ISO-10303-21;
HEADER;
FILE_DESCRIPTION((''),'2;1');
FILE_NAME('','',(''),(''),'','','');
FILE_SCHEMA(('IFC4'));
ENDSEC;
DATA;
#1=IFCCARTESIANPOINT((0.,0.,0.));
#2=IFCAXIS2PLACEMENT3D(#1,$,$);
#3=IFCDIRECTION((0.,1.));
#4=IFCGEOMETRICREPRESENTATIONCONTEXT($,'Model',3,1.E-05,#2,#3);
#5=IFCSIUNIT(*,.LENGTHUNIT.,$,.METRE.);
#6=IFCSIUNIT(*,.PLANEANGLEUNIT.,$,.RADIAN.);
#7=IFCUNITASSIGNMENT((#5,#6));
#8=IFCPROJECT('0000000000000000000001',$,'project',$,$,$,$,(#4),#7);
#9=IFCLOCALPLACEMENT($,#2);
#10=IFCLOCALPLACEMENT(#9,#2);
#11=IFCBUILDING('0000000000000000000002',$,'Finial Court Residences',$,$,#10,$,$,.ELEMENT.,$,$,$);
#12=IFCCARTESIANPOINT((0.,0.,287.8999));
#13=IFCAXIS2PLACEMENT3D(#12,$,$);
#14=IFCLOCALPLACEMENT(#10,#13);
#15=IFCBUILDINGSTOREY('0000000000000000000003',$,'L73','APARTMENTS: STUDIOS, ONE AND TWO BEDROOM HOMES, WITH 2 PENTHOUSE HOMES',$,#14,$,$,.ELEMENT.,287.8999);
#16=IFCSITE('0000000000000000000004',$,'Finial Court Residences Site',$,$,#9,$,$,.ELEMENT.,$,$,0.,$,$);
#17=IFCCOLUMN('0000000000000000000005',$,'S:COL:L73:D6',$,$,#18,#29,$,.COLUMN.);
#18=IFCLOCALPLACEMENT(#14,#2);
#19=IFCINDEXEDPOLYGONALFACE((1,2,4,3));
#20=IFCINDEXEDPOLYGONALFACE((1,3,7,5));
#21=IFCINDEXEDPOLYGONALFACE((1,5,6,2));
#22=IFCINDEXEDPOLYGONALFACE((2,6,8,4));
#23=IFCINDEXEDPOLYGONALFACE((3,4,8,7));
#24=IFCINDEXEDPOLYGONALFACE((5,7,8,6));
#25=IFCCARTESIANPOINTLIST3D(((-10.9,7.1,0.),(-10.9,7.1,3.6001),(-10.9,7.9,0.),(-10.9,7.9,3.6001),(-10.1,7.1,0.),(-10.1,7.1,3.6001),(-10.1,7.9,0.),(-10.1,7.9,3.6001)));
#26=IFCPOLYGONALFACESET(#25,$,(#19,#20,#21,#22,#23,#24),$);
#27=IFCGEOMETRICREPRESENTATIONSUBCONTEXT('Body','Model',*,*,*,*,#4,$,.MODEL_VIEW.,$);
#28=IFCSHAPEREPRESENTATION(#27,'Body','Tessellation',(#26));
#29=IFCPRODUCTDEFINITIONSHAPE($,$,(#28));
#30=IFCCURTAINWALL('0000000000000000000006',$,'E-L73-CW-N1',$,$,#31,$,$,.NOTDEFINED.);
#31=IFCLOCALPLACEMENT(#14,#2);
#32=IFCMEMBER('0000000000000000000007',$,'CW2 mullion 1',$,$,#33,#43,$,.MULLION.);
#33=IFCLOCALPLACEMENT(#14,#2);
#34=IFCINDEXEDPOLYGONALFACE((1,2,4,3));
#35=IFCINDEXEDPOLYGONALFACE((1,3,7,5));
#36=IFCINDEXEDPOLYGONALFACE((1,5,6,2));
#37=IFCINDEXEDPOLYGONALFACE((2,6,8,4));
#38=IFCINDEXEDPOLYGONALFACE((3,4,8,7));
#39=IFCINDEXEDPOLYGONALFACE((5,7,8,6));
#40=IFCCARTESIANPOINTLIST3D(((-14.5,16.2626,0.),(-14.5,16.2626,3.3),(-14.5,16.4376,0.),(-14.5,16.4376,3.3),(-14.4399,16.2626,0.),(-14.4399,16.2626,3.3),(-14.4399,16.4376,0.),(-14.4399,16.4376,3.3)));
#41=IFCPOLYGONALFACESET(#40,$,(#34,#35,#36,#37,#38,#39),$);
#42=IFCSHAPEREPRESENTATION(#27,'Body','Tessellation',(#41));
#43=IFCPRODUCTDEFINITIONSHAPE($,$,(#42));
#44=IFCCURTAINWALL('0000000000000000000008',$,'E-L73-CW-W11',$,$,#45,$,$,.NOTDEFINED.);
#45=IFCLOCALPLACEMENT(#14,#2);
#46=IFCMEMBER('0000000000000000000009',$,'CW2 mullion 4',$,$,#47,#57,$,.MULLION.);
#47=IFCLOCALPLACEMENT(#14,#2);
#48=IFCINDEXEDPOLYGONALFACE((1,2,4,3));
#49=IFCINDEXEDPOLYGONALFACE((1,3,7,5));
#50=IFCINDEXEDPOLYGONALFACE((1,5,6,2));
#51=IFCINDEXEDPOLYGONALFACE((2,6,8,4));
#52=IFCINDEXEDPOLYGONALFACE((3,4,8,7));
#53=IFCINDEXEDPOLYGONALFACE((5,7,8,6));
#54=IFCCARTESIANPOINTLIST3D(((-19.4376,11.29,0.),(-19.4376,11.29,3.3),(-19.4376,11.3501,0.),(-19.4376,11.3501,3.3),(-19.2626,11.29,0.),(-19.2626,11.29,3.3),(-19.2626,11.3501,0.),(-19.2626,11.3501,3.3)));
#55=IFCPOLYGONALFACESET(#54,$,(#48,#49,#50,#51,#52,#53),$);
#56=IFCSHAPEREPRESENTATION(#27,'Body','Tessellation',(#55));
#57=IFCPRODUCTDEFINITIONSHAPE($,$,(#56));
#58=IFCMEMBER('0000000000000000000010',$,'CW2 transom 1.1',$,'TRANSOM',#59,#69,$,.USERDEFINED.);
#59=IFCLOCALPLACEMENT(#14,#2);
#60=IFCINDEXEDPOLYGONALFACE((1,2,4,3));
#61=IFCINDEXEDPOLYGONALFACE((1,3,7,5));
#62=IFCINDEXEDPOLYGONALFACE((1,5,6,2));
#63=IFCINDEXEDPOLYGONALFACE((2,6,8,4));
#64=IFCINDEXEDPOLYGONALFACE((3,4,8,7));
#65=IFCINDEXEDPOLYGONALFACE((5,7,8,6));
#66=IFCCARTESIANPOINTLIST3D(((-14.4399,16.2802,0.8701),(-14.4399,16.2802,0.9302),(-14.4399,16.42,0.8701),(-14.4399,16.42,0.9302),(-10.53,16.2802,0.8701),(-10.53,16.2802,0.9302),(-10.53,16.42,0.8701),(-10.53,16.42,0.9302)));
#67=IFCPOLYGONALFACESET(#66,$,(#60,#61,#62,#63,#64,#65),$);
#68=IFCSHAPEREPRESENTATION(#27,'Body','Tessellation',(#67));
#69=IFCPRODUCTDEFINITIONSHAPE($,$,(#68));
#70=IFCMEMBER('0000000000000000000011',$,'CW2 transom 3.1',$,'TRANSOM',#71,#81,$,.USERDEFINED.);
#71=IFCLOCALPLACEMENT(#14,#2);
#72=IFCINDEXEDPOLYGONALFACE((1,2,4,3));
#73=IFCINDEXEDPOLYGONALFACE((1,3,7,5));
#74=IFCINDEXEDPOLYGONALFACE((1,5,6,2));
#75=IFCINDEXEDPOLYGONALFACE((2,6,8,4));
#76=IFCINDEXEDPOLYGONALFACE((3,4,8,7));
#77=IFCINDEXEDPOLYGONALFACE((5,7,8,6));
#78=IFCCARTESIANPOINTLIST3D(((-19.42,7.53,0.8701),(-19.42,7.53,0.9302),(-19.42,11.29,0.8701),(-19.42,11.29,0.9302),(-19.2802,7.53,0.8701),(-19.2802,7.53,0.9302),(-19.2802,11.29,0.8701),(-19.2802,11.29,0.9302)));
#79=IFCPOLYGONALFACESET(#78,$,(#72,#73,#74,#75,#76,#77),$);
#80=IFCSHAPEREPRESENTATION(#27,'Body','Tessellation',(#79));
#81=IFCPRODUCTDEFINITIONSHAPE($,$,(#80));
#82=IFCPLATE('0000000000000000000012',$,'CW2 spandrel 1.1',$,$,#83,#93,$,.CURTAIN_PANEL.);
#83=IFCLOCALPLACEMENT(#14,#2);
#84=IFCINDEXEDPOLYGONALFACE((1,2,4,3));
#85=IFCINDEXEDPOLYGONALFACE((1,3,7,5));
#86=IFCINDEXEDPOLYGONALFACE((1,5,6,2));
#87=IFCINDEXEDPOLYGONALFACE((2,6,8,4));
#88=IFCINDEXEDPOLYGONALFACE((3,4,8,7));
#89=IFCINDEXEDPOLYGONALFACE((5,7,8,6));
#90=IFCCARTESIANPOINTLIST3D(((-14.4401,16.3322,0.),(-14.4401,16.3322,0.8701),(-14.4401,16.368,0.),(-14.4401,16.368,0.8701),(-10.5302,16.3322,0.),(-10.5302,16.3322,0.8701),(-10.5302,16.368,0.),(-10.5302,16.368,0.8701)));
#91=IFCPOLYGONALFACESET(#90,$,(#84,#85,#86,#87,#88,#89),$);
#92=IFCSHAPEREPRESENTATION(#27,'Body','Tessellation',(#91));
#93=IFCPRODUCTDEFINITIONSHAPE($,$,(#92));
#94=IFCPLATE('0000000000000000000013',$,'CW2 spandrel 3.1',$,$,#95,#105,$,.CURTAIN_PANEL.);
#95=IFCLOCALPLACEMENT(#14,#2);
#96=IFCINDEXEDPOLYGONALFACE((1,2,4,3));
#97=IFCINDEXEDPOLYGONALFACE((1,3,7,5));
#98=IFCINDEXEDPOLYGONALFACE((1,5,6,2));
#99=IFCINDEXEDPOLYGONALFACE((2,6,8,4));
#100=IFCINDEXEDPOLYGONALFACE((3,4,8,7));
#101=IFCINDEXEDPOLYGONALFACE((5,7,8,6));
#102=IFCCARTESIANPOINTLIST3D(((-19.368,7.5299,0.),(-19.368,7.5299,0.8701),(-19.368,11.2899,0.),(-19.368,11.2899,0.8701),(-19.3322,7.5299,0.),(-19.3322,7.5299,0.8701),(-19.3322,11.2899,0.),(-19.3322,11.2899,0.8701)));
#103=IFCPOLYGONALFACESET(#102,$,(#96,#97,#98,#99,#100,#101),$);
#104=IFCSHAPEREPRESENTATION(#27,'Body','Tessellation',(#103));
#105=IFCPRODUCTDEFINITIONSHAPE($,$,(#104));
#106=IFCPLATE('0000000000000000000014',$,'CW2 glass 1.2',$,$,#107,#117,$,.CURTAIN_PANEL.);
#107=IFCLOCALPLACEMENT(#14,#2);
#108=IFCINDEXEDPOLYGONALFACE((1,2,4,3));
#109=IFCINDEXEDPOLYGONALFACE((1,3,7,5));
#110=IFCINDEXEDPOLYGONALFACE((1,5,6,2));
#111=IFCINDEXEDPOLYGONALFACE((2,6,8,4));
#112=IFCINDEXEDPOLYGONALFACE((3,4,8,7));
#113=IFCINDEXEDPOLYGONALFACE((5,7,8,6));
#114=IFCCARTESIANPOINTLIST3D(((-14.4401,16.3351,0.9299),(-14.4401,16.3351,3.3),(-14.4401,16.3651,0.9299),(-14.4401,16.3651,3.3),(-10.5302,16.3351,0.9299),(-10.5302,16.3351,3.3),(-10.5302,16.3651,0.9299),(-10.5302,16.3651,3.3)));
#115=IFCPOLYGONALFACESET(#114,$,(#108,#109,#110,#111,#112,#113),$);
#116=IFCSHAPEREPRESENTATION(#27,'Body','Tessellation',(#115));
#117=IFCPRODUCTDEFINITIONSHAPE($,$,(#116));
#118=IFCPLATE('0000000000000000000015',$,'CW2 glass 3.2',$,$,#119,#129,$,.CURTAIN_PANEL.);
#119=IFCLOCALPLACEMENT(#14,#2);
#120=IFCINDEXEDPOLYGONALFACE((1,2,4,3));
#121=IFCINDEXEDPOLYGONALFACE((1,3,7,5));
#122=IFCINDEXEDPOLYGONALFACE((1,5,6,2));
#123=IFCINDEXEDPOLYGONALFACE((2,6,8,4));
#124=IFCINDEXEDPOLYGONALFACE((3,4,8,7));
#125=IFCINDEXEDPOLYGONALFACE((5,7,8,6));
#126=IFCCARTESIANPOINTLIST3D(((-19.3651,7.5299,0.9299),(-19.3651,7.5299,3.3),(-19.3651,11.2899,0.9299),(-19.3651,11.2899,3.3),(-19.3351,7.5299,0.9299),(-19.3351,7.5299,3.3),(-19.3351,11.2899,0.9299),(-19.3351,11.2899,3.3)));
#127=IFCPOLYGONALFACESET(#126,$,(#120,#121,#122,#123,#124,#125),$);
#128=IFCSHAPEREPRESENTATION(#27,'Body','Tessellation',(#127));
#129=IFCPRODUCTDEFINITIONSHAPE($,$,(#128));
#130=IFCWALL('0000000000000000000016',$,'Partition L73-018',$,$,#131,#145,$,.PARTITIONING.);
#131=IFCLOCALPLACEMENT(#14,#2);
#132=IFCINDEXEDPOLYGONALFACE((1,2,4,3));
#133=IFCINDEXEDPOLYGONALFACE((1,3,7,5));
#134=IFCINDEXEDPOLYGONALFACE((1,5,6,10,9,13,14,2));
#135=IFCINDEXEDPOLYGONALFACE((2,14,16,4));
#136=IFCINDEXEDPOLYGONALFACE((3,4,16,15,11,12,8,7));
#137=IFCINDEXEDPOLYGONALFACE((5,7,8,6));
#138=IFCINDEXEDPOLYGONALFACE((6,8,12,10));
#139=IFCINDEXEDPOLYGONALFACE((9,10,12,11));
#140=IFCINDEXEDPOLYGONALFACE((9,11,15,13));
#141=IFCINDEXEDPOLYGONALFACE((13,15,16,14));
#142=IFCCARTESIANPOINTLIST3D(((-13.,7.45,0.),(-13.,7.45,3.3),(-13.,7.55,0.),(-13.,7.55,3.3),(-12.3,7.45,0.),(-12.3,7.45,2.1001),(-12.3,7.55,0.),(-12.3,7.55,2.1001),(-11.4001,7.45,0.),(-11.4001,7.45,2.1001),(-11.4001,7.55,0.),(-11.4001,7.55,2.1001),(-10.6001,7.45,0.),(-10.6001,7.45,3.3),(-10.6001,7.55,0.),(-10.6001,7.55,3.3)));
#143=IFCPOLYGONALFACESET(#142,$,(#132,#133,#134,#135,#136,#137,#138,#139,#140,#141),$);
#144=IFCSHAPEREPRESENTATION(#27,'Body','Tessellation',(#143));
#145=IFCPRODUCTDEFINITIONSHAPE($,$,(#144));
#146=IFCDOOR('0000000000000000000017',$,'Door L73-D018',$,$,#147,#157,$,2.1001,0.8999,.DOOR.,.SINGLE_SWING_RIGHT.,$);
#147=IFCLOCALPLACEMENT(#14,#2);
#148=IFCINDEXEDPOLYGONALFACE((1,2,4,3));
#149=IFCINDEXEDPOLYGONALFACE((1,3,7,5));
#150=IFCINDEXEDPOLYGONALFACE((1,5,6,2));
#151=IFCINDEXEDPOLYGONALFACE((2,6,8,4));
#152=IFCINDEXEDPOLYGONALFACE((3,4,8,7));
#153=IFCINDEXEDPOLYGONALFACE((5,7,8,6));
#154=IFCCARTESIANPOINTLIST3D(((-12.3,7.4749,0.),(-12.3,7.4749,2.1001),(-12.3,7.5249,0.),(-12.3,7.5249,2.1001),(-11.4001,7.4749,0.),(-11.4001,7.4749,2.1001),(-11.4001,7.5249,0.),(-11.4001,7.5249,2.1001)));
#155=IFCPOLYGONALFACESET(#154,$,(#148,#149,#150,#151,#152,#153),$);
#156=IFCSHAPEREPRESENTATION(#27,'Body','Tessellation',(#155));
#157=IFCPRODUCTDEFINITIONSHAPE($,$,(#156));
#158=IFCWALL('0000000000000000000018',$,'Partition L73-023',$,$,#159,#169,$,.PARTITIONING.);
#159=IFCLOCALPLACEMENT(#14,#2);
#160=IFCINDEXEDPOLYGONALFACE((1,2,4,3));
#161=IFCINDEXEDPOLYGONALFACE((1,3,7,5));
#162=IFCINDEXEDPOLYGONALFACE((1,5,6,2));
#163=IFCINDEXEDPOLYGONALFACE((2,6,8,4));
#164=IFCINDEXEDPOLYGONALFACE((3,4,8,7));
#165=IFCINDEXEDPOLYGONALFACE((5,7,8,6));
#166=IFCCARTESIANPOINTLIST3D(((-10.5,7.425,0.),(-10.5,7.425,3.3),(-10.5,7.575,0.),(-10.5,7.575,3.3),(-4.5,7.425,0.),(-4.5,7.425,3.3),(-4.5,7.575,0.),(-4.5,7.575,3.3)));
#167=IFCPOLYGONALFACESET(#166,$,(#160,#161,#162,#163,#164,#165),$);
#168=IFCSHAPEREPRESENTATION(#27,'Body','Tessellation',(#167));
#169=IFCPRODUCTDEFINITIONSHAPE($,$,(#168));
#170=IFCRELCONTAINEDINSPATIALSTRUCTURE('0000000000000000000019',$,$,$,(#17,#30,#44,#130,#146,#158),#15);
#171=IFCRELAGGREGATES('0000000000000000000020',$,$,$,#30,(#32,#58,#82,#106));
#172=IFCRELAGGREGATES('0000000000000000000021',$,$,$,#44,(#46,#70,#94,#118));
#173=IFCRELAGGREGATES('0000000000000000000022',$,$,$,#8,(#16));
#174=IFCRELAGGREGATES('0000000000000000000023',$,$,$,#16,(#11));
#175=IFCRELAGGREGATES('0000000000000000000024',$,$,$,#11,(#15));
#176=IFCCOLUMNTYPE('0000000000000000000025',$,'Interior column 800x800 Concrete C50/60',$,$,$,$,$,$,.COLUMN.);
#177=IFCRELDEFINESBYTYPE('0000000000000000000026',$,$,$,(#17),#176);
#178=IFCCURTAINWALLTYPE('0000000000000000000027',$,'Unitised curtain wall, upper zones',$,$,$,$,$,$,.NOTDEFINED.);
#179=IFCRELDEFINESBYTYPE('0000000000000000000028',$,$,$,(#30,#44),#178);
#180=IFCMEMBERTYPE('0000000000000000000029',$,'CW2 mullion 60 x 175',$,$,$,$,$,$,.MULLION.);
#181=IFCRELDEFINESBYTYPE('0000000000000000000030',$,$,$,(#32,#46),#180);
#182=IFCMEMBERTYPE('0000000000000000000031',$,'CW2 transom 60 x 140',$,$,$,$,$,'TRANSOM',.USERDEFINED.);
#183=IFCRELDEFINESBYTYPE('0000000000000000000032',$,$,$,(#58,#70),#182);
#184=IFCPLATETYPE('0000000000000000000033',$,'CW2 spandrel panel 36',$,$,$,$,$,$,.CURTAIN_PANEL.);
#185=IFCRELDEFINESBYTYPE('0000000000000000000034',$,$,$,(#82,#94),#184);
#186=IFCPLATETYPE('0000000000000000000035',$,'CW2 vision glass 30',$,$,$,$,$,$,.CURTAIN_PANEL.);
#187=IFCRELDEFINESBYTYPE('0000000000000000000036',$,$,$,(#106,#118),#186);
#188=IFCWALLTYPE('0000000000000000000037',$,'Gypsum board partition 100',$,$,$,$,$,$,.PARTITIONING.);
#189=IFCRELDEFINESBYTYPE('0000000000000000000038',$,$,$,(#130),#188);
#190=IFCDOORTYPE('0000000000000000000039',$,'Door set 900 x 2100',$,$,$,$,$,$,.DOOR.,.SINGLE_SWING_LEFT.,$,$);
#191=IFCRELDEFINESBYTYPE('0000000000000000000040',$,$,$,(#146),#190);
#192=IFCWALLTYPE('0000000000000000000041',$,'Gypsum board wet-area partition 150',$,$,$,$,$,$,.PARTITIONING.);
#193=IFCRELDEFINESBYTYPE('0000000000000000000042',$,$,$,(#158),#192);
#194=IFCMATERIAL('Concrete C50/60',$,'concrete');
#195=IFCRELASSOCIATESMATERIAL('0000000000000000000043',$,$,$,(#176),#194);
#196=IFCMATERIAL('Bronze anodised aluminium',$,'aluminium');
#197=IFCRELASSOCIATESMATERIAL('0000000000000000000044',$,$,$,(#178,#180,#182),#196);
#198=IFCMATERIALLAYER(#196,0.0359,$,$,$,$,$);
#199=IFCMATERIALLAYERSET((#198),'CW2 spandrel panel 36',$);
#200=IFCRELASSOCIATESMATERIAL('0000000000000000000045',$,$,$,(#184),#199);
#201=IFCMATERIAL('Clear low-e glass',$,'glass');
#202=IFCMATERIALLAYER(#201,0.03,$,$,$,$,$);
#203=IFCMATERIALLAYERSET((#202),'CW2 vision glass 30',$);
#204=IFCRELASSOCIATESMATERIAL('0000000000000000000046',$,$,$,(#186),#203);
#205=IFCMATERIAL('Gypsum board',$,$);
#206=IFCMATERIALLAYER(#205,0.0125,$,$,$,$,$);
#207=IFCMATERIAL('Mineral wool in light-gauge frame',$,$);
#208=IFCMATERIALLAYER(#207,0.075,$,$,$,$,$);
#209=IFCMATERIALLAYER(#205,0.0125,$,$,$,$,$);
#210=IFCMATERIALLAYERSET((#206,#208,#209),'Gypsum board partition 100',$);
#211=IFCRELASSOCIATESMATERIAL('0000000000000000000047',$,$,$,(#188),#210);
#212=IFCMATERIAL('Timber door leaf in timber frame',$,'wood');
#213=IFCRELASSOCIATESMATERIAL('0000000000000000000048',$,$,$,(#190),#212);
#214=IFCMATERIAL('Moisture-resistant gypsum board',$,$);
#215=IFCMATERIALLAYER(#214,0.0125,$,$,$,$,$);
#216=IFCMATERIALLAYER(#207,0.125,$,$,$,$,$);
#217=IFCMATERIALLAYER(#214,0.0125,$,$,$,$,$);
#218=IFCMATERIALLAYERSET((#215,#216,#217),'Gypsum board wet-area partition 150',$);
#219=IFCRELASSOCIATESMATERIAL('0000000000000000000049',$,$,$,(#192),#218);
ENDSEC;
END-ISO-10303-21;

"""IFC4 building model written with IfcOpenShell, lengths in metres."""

from ifc_helpers import new_model, si_unit, direction, frame, frame_2d, origin, origin_2d, place, context, subcontext, project, spatial, rectangle, extrude, material, layer, layer_set, material_profile, profile_set, type_object, element, fill, aggregate, save


model = new_model("IFC4")

# Units and contexts
model_context = context("Model", 3, precision=1e-05, world=origin(), true_north=direction((0.0, 1.0)))
body_context = subcontext(model_context, "Body", "Model", "MODEL_VIEW")
ifc_project = project(units=[si_unit("LENGTHUNIT", "METRE"), si_unit("PLANEANGLEUNIT", "RADIAN")], contexts=[model_context])

# Site, building, storey
site_placement = place(None, origin())
site = spatial("IfcSite", under=ifc_project, at=site_placement, Name="Finial Court Residences Site", CompositionType="ELEMENT", RefElevation=0.0)
building_placement = place(site_placement, origin())
building = spatial("IfcBuilding", under=site, at=building_placement, Name="Finial Court Residences", CompositionType="ELEMENT")
storey_placement = place(building_placement, frame((0.0, 0.0, 287.8999)))
storey = spatial("IfcBuildingStorey", under=building, at=storey_placement, Name="L73", Description="APARTMENTS: STUDIOS, ONE AND TWO BEDROOM HOMES, WITH 2 PENTHOUSE HOMES", CompositionType="ELEMENT", Elevation=287.8999)

# Column
ifc_material_1 = material(Name="Concrete C50/60", Category="concrete")
ifc_material_profile_1 = material_profile(ifc_material_1, rectangle(XDim=0.8, YDim=0.8, at=origin_2d()), Name="800x800")
ifc_profile_set_1 = profile_set([ifc_material_profile_1], Name="Concrete C50/60")
column_type = type_object("IfcColumnType", Name="Interior column 800x800 Concrete C50/60", PredefinedType="COLUMN", material=ifc_profile_set_1)
column_placement = place(storey_placement, frame((-10.5, 7.5, 0.0), z_axis=(0.0, 0.0, 1.0), x_axis=(1.0, 0.0, 0.0)))
element("IfcColumn", 1, at=column_placement, inside=storey, type_object=column_type, Name="S:COL:L73:D6", PredefinedType="COLUMN", context=body_context, shape_type="SweptSolid", body=[
    extrude(rectangle(XDim=0.8, YDim=0.8, at=origin_2d()), origin(), (0.0, 0.0, 1.0), 3.6001),
])

# Curtain walls, members
ifc_material_2 = material(Name="Bronze anodised aluminium", Category="aluminium")
curtain_wall_type = type_object("IfcCurtainWallType", Name="Unitised curtain wall, upper zones", PredefinedType="NOTDEFINED", material=ifc_material_2)
curtain_wall_1_placement = place(storey_placement, origin())
curtain_wall_1 = element("IfcCurtainWall", 2, at=curtain_wall_1_placement, inside=storey, type_object=curtain_wall_type, Name="E-L73-CW-N1", PredefinedType="NOTDEFINED")
ifc_material_profile_2 = material_profile(ifc_material_2, rectangle(XDim=0.175, YDim=0.0601, at=origin_2d()), Name="CW2 mullion 60 x 175")
ifc_profile_set_2 = profile_set([ifc_material_profile_2], Name="Bronze anodised aluminium")
member_type_1 = type_object("IfcMemberType", Name="CW2 mullion 60 x 175", PredefinedType="MULLION", material=ifc_profile_set_2)
member_1_placement = place(storey_placement, frame((-14.47, 16.3501, 0.0), z_axis=(0.0, 0.0, 1.0), x_axis=(0.0, 1.0, 0.0)))
member_1 = element("IfcMember", 3, at=member_1_placement, type_object=member_type_1, Name="CW2 mullion 1", PredefinedType="MULLION", context=body_context, shape_type="SweptSolid", body=[
    extrude(rectangle(XDim=0.175, YDim=0.0601, at=origin_2d()), origin(), (0.0, 0.0, 1.0), 3.3),
])
curtain_wall_2_placement = place(storey_placement, origin())
curtain_wall_2 = element("IfcCurtainWall", 4, at=curtain_wall_2_placement, inside=storey, type_object=curtain_wall_type, Name="E-L73-CW-W11", PredefinedType="NOTDEFINED")
member_2_placement = place(storey_placement, frame((-19.3501, 11.3201, 0.0), z_axis=(0.0, 0.0, 1.0), x_axis=(-1.0, 0.0, 0.0)))
member_2 = element("IfcMember", 5, at=member_2_placement, type_object=member_type_1, Name="CW2 mullion 4", PredefinedType="MULLION", context=body_context, shape_type="SweptSolid", body=[
    extrude(rectangle(XDim=0.175, YDim=0.0601, at=origin_2d()), origin(), (0.0, 0.0, 1.0), 3.3),
])

# Members
ifc_material_profile_3 = material_profile(ifc_material_2, rectangle(XDim=0.1399, YDim=0.0601, at=origin_2d()), Name="CW2 transom 60 x 140")
ifc_profile_set_3 = profile_set([ifc_material_profile_3], Name="Bronze anodised aluminium")
member_type_2 = type_object("IfcMemberType", Name="CW2 transom 60 x 140", ElementType="TRANSOM", PredefinedType="USERDEFINED", material=ifc_profile_set_3)
member_3_placement = place(storey_placement, frame((-14.4399, 16.3501, 0.9001), z_axis=(1.0, 0.0, 0.0), x_axis=(0.0, 1.0, 0.0)))
member_3 = element("IfcMember", 6, at=member_3_placement, type_object=member_type_2, Name="CW2 transom 1.1", ObjectType="TRANSOM", PredefinedType="USERDEFINED", context=body_context, shape_type="SweptSolid", body=[
    extrude(rectangle(XDim=0.1399, YDim=0.0601, at=origin_2d()), origin(), (0.0, 0.0, 1.0), 3.9099),
])
member_4_placement = place(storey_placement, frame((-19.3501, 7.53, 0.9001), z_axis=(0.0, 1.0, 0.0), x_axis=(-1.0, 0.0, 0.0)))
member_4 = element("IfcMember", 7, at=member_4_placement, type_object=member_type_2, Name="CW2 transom 3.1", ObjectType="TRANSOM", PredefinedType="USERDEFINED", context=body_context, shape_type="SweptSolid", body=[
    extrude(rectangle(XDim=0.1399, YDim=0.0601, at=origin_2d()), origin(), (0.0, 0.0, 1.0), 3.76),
])

# Plates
ifc_layer_1 = layer(ifc_material_2, 0.0359)
ifc_layer_set_1 = layer_set([ifc_layer_1], Name="CW2 spandrel panel 36")
plate_type_1 = type_object("IfcPlateType", Name="CW2 spandrel panel 36", PredefinedType="CURTAIN_PANEL", material=ifc_layer_set_1)
plate_1_placement = place(storey_placement, frame((-12.4851, 16.3501, 0.0), z_axis=(0.0, 0.0, 1.0), x_axis=(1.0, 0.0, 0.0)))
plate_1 = element("IfcPlate", 8, at=plate_1_placement, type_object=plate_type_1, Name="CW2 spandrel 1.1", PredefinedType="CURTAIN_PANEL", context=body_context, shape_type="SweptSolid", body=[
    extrude(rectangle(XDim=3.9099, YDim=0.0359, at=origin_2d()), origin(), (0.0, 0.0, 1.0), 0.8701),
])
plate_2_placement = place(storey_placement, frame((-19.3501, 9.4099, 0.0), z_axis=(0.0, 0.0, 1.0), x_axis=(0.0, 1.0, 0.0)))
plate_2 = element("IfcPlate", 9, at=plate_2_placement, type_object=plate_type_1, Name="CW2 spandrel 3.1", PredefinedType="CURTAIN_PANEL", context=body_context, shape_type="SweptSolid", body=[
    extrude(rectangle(XDim=3.76, YDim=0.0359, at=origin_2d()), origin(), (0.0, 0.0, 1.0), 0.8701),
])
ifc_material_3 = material(Name="Clear low-e glass", Category="glass")
ifc_layer_2 = layer(ifc_material_3, 0.03)
ifc_layer_set_2 = layer_set([ifc_layer_2], Name="CW2 vision glass 30")
plate_type_2 = type_object("IfcPlateType", Name="CW2 vision glass 30", PredefinedType="CURTAIN_PANEL", material=ifc_layer_set_2)
plate_3_placement = place(storey_placement, frame((-12.4851, 16.3501, 0.9299), z_axis=(0.0, 0.0, 1.0), x_axis=(1.0, 0.0, 0.0)))
plate_3 = element("IfcPlate", 10, at=plate_3_placement, type_object=plate_type_2, Name="CW2 glass 1.2", PredefinedType="CURTAIN_PANEL", context=body_context, shape_type="SweptSolid", body=[
    extrude(rectangle(XDim=3.9099, YDim=0.03, at=origin_2d()), origin(), (0.0, 0.0, 1.0), 2.3701),
])
aggregate(curtain_wall_1, [member_1, member_3, plate_1, plate_3])
plate_4_placement = place(storey_placement, frame((-19.3501, 9.4099, 0.9299), z_axis=(0.0, 0.0, 1.0), x_axis=(0.0, 1.0, 0.0)))
plate_4 = element("IfcPlate", 11, at=plate_4_placement, type_object=plate_type_2, Name="CW2 glass 3.2", PredefinedType="CURTAIN_PANEL", context=body_context, shape_type="SweptSolid", body=[
    extrude(rectangle(XDim=3.76, YDim=0.03, at=origin_2d()), origin(), (0.0, 0.0, 1.0), 2.3701),
])
aggregate(curtain_wall_2, [member_2, member_4, plate_2, plate_4])

# Wall, opening, door
ifc_material_4 = material(Name="Gypsum board")
ifc_layer_3 = layer(ifc_material_4, 0.0125)
ifc_material_5 = material(Name="Mineral wool in light-gauge frame")
ifc_layer_4 = layer(ifc_material_5, 0.075)
ifc_layer_5 = layer(ifc_material_4, 0.0125)
ifc_layer_set_3 = layer_set([ifc_layer_3, ifc_layer_4, ifc_layer_5], Name="Gypsum board partition 100")
wall_type_1 = type_object("IfcWallType", Name="Gypsum board partition 100", PredefinedType="PARTITIONING", material=ifc_layer_set_3)
wall_1_placement = place(storey_placement, frame((-13.0, 7.5, 0.0), z_axis=(0.0, 0.0, 1.0), x_axis=(1.0, 0.0, 0.0)))
wall_1 = element("IfcWall", 12, at=wall_1_placement, inside=storey, type_object=wall_type_1, Name="Partition L73-018", PredefinedType="PARTITIONING", context=body_context, shape_type="SweptSolid", body=[
    extrude(rectangle(XDim=2.3999, YDim=0.1001, at=frame_2d((1.2, 0.0))), origin(), (0.0, 0.0, 1.0), 3.3),
])
opening_1_placement = place(wall_1_placement, frame((0.7, 0.0, 0.0)))
opening_1 = element("IfcOpeningElement", 13, at=opening_1_placement, cuts=wall_1, PredefinedType="OPENING", context=body_context, shape_type="SweptSolid", body=[
    extrude(rectangle(XDim=0.8999, YDim=2.1001, at=frame_2d((0.45, 1.05))), frame((0.0, 0.0601, 0.0), z_axis=(0.0, -1.0, 0.0), x_axis=(1.0, 0.0, 0.0)), (0.0, 0.0, 1.0), 0.1201),
])
ifc_material_6 = material(Name="Timber door leaf in timber frame", Category="wood")
door_type = type_object("IfcDoorType", Name="Door set 900 x 2100", OperationType="SINGLE_SWING_LEFT", PredefinedType="DOOR", material=ifc_material_6)
door_placement = place(opening_1_placement, origin())
door = element("IfcDoor", 14, at=door_placement, inside=storey, type_object=door_type, Name="Door L73-D018", OperationType="SINGLE_SWING_RIGHT", OverallHeight=2.1001, OverallWidth=0.8999, PredefinedType="DOOR", context=body_context, shape_type="SweptSolid", body=[
    extrude(rectangle(XDim=0.8999, YDim=2.1001, at=frame_2d((0.45, 1.05))), frame((0.0, 0.0249, 0.0), z_axis=(0.0, -1.0, 0.0), x_axis=(1.0, 0.0, 0.0)), (0.0, 0.0, 1.0), 0.05),
])
fill(opening_1, door)

# Wall
ifc_material_7 = material(Name="Moisture-resistant gypsum board")
ifc_layer_6 = layer(ifc_material_7, 0.0125)
ifc_layer_7 = layer(ifc_material_5, 0.125)
ifc_layer_8 = layer(ifc_material_7, 0.0125)
ifc_layer_set_4 = layer_set([ifc_layer_6, ifc_layer_7, ifc_layer_8], Name="Gypsum board wet-area partition 150")
wall_type_2 = type_object("IfcWallType", Name="Gypsum board wet-area partition 150", PredefinedType="PARTITIONING", material=ifc_layer_set_4)
wall_2_placement = place(storey_placement, frame((-10.5, 7.5, 0.0), z_axis=(0.0, 0.0, 1.0), x_axis=(1.0, 0.0, 0.0)))
element("IfcWall", 15, at=wall_2_placement, inside=storey, type_object=wall_type_2, Name="Partition L73-023", PredefinedType="PARTITIONING", context=body_context, shape_type="SweptSolid", body=[
    extrude(rectangle(XDim=6.0, YDim=0.1499, at=frame_2d((3.0, 0.0))), origin(), (0.0, 0.0, 1.0), 3.3),
])

save(model, "model.ifc")
